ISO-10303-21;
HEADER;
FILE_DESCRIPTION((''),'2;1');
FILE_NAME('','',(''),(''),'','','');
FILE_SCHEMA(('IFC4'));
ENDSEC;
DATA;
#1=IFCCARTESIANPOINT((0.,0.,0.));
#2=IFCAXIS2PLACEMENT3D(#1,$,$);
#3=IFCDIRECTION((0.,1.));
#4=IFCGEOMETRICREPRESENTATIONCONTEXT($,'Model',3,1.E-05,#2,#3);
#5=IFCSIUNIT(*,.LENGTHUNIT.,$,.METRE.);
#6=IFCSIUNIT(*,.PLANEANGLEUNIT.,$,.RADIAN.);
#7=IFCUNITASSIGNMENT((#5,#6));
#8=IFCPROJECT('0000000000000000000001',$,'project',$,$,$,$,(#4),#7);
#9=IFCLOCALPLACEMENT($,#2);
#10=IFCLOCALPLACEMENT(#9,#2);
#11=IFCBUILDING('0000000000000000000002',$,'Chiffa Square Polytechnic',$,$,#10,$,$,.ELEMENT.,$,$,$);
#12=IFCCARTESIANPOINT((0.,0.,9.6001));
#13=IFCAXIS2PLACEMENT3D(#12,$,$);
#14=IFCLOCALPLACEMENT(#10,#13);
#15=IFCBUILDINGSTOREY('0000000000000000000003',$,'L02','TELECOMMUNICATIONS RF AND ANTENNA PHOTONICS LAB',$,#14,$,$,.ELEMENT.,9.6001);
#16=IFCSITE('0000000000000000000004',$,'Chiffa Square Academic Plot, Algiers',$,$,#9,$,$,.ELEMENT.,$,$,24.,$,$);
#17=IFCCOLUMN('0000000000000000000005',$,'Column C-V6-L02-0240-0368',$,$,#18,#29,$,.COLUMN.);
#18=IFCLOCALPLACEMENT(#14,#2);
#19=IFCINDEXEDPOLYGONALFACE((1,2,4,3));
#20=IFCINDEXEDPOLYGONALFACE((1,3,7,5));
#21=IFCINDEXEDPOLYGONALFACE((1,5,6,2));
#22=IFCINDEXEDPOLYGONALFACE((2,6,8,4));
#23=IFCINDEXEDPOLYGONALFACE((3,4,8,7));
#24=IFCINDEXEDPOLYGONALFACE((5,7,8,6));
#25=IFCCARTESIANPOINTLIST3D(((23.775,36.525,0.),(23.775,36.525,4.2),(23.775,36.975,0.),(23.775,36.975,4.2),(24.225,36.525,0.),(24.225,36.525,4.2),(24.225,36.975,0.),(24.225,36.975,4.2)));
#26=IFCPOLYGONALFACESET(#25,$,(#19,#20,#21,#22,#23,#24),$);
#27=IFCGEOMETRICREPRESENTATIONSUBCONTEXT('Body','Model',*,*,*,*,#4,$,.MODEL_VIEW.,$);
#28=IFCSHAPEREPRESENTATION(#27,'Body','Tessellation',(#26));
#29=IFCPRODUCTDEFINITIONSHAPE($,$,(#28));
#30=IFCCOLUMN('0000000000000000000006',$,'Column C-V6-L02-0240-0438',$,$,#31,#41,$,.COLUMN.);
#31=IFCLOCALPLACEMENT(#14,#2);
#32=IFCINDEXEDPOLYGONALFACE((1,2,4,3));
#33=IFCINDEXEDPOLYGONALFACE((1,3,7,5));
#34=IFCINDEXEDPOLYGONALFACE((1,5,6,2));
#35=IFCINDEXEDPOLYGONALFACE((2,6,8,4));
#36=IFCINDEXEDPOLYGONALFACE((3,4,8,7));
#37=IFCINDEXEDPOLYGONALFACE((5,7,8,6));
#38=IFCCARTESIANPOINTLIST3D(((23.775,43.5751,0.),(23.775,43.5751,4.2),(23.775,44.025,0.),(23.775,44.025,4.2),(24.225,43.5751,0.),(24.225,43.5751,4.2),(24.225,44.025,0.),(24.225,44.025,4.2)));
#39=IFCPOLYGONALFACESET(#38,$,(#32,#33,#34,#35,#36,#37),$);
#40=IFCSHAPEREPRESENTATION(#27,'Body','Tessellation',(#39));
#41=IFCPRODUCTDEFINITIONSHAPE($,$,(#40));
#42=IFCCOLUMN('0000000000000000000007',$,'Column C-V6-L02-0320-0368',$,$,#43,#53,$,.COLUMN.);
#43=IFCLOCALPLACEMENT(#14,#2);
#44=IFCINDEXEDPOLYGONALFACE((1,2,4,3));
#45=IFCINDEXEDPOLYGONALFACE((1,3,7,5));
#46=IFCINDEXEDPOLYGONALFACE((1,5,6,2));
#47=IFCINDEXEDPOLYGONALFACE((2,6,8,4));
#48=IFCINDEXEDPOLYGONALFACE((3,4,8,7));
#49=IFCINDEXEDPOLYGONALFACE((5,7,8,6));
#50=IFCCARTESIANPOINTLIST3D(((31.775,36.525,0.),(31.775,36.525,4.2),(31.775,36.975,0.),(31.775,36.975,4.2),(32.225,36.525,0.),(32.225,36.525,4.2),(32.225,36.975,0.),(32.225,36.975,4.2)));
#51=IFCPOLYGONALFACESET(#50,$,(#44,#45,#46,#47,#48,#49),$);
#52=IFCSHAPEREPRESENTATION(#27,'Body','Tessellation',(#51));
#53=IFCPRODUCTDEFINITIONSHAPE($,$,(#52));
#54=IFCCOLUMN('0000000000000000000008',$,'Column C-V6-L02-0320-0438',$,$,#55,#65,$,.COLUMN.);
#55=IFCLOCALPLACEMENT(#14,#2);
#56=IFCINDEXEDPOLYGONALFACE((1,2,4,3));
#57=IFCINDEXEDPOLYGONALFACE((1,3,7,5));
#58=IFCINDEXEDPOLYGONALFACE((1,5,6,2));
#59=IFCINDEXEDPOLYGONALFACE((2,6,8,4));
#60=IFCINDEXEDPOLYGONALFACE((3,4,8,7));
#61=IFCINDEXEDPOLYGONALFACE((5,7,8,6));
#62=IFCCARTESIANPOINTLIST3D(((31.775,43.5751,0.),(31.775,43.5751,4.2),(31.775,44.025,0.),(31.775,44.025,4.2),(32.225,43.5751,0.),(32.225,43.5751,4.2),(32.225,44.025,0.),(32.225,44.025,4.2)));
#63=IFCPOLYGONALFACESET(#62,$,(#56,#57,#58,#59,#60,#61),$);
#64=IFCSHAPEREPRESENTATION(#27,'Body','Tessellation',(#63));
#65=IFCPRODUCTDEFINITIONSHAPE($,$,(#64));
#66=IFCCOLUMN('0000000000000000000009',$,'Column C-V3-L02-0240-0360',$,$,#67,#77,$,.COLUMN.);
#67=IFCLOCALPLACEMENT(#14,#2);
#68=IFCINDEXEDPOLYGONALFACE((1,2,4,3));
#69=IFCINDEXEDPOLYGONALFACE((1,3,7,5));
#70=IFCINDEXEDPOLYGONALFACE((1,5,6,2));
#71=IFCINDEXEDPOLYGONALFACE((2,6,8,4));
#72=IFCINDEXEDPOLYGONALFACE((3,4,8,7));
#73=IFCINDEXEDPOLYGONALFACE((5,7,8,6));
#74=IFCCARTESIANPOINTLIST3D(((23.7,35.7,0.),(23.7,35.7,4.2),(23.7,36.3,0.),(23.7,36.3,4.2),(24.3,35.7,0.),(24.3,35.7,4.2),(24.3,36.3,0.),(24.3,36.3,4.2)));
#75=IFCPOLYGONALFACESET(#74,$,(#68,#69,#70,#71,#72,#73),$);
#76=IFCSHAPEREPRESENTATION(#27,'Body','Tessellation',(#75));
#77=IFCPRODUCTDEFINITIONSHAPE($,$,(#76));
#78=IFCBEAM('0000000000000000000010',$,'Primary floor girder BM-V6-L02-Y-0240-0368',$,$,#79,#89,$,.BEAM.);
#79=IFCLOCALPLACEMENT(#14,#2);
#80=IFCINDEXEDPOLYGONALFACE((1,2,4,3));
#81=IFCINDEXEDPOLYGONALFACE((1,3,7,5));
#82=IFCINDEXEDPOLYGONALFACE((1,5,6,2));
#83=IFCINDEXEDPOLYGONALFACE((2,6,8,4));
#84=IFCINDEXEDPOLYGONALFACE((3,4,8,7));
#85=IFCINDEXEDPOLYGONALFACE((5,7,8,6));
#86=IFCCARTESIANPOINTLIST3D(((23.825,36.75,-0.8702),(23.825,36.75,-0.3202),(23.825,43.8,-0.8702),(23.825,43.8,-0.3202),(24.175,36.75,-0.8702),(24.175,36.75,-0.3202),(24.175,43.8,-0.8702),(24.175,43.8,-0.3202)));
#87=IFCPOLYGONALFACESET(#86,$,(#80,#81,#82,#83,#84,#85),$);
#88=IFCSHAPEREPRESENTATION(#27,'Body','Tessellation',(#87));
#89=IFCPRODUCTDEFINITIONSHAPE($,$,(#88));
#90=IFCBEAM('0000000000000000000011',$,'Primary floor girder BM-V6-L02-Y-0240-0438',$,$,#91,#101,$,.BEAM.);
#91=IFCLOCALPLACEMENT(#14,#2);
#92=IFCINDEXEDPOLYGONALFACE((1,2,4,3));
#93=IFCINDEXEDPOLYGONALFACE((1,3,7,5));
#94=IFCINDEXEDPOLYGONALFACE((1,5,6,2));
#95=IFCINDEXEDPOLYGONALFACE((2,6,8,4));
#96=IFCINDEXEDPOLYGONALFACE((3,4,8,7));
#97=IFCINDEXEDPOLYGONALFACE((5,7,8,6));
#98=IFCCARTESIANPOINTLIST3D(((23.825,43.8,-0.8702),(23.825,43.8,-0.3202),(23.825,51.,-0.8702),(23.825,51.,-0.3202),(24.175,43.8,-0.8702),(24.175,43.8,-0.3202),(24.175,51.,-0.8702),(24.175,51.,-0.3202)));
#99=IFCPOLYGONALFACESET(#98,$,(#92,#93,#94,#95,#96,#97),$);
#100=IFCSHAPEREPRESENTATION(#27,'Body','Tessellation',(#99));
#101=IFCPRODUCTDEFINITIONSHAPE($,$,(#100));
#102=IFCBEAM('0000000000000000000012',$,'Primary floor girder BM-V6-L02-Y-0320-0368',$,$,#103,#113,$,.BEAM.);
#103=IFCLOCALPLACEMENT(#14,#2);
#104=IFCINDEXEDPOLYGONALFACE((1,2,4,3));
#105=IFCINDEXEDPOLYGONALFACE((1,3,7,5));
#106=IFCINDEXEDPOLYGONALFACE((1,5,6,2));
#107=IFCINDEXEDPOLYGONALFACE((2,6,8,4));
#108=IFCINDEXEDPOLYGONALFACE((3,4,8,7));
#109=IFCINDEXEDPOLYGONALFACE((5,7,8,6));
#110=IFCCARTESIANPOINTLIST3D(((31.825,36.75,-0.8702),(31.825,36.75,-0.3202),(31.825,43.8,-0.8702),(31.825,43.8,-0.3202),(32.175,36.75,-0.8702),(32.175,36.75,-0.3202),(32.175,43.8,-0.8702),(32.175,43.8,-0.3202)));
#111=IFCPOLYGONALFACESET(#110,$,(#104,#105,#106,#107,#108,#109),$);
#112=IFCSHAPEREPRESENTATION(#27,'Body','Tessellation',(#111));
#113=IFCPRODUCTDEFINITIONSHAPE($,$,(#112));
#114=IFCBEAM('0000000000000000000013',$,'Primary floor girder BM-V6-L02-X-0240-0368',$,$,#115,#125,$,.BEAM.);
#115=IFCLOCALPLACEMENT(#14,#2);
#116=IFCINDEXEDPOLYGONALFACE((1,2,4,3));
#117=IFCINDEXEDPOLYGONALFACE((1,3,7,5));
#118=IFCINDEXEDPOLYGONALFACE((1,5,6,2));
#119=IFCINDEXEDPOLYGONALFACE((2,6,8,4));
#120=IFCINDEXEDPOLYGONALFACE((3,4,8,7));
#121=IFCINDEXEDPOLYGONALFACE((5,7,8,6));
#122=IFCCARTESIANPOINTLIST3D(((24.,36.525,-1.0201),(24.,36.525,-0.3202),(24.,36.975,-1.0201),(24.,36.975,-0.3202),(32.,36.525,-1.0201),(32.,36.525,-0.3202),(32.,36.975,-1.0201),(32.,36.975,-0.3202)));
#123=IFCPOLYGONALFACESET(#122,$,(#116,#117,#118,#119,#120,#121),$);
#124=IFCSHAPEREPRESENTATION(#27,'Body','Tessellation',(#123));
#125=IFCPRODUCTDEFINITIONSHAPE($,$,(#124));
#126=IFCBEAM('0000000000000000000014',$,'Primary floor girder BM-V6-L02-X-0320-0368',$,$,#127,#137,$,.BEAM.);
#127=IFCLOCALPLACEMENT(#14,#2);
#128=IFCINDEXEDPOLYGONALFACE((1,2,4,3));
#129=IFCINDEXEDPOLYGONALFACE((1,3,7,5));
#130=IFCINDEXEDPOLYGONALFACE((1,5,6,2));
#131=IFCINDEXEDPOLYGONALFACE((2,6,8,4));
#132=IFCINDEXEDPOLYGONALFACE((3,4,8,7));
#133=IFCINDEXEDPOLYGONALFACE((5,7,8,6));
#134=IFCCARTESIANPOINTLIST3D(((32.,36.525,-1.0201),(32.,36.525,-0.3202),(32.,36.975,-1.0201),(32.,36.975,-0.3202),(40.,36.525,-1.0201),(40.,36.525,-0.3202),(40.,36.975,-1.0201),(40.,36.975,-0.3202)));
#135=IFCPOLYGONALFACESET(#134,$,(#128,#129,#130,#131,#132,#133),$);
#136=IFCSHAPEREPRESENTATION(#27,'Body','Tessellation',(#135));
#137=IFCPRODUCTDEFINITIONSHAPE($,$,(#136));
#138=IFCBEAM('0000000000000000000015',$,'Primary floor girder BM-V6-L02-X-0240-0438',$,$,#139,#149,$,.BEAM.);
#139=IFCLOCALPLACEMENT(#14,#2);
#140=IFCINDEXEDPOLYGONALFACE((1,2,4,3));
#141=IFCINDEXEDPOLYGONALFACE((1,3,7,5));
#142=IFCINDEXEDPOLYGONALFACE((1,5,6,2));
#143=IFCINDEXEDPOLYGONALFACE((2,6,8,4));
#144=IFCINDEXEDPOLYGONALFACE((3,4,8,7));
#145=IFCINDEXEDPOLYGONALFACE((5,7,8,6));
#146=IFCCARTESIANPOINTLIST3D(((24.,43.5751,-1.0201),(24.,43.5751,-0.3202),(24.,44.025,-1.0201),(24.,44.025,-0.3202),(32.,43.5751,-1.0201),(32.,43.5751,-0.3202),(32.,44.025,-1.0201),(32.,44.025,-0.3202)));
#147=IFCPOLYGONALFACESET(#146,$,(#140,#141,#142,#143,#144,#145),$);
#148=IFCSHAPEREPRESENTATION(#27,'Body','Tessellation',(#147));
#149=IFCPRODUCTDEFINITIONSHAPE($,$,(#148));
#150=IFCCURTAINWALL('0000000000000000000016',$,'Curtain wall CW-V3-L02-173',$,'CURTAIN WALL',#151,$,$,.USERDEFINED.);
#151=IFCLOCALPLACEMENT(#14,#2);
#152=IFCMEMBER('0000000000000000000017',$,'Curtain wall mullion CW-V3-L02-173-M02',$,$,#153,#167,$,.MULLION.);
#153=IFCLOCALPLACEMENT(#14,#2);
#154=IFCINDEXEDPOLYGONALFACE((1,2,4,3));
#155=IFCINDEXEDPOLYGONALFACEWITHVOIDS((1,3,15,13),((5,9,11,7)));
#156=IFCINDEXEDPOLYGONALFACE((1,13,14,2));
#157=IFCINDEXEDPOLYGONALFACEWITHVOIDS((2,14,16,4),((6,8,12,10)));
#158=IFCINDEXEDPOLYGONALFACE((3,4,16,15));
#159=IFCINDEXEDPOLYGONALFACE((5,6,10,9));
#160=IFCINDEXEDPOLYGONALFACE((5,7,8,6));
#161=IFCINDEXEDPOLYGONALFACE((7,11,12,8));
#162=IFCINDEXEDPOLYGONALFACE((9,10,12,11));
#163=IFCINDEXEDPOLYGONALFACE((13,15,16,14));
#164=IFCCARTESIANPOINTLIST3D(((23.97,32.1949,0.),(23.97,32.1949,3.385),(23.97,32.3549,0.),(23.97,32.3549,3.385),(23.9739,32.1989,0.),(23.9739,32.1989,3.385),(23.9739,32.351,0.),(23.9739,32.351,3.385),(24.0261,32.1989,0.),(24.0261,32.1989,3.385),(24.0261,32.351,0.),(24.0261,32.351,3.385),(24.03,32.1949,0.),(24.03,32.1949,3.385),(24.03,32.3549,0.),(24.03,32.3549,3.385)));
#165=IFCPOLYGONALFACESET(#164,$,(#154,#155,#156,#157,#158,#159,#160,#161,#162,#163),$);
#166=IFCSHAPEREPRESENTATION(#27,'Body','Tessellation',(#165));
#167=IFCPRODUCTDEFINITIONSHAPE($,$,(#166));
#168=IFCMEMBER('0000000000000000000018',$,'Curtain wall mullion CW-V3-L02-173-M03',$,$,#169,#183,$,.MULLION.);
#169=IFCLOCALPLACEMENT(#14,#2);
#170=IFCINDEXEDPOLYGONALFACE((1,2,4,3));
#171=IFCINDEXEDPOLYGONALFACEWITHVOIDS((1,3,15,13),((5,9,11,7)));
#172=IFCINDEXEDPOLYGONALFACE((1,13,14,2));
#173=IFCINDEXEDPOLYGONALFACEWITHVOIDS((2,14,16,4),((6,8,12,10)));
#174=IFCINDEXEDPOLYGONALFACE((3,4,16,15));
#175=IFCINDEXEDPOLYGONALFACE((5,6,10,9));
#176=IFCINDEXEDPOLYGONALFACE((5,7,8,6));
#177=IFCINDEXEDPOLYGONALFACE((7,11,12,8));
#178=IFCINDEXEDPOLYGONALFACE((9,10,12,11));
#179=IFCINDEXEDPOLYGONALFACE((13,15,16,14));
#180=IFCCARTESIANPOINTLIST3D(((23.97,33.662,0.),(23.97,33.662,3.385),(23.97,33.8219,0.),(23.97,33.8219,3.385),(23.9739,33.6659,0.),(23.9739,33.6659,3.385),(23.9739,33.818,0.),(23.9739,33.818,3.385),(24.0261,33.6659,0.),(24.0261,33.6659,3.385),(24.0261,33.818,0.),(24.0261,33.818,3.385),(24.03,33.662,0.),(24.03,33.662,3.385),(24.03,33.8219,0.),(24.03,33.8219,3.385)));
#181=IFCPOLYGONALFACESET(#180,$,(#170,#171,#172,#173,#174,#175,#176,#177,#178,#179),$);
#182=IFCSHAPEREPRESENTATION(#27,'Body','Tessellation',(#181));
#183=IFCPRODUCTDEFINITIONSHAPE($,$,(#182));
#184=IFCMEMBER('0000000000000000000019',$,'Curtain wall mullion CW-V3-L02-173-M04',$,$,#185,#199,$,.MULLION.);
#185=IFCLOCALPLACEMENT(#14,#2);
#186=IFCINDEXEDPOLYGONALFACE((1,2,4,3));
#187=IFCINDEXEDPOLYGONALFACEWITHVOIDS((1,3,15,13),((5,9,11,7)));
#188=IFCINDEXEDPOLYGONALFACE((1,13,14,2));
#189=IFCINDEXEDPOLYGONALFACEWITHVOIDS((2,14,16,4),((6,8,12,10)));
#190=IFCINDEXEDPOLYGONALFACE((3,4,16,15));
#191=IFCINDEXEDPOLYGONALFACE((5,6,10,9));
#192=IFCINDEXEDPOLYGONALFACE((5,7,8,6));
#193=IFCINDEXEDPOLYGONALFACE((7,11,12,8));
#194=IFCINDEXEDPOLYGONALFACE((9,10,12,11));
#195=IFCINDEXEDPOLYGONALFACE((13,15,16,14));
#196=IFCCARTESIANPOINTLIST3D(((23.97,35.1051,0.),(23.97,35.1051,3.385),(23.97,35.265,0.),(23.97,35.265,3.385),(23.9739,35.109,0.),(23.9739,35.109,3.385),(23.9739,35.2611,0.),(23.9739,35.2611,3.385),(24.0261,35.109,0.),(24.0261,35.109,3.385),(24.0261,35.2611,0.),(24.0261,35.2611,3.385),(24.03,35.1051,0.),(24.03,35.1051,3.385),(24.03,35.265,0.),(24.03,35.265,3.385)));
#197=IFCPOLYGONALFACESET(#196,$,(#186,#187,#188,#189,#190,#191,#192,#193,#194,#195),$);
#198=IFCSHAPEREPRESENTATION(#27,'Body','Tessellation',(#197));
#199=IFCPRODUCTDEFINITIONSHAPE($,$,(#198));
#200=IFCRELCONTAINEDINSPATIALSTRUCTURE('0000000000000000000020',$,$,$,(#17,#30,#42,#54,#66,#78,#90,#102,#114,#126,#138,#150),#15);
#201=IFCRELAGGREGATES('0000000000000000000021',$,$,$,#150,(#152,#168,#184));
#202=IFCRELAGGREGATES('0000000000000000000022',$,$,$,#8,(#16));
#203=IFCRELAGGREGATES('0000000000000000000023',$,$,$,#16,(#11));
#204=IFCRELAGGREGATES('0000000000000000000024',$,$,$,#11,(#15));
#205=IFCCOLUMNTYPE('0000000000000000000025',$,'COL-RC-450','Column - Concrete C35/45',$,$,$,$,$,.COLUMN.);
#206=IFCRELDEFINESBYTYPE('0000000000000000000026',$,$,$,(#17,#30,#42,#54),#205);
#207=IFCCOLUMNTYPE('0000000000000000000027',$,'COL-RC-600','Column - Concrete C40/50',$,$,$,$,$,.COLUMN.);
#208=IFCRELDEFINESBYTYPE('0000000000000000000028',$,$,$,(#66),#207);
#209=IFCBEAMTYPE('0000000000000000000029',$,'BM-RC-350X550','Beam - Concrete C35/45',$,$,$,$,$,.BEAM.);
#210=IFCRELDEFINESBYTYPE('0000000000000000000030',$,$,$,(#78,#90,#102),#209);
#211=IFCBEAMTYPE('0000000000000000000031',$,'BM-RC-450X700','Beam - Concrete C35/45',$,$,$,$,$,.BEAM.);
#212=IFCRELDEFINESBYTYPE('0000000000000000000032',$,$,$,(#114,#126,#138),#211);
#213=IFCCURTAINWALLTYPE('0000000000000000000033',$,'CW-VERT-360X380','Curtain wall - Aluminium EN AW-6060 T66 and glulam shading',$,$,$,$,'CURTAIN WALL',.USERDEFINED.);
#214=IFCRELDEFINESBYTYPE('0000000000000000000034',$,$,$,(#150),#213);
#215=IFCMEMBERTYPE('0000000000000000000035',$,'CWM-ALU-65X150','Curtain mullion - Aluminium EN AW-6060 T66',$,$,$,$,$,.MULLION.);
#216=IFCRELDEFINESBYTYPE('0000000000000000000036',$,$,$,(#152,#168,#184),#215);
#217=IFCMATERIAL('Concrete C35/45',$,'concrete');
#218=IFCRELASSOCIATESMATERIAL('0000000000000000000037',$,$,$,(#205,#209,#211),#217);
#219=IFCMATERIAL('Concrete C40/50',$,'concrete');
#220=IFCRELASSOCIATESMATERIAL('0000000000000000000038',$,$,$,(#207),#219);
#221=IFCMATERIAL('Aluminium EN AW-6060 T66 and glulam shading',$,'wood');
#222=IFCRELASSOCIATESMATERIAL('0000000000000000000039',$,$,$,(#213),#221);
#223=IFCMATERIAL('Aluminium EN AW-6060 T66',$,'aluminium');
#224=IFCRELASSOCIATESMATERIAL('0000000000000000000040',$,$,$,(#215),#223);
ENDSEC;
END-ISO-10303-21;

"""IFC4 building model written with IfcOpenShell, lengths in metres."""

from ifc_helpers import new_model, si_unit, direction, frame, origin, origin_2d, place, context, subcontext, project, spatial, rectangle, hollow_rectangle, extrude, material, material_profile, profile_set, type_object, element, aggregate, save


model = new_model("IFC4")

# Units and contexts
model_context = context("Model", 3, precision=1e-05, world=origin(), true_north=direction((0.0, 1.0)))
body_context = subcontext(model_context, "Body", "Model", "MODEL_VIEW")
ifc_project = project(units=[si_unit("LENGTHUNIT", "METRE"), si_unit("PLANEANGLEUNIT", "RADIAN")], contexts=[model_context])

# Site, building, storey
site_placement = place(None, origin())
site = spatial("IfcSite", under=ifc_project, at=site_placement, Name="Chiffa Square Academic Plot, Algiers", CompositionType="ELEMENT", RefElevation=24.0)
building_placement = place(site_placement, origin())
building = spatial("IfcBuilding", under=site, at=building_placement, Name="Chiffa Square Polytechnic", CompositionType="ELEMENT")
storey_placement = place(building_placement, frame((0.0, 0.0, 9.6001)))
storey = spatial("IfcBuildingStorey", under=building, at=storey_placement, Name="L02", Description="TELECOMMUNICATIONS RF AND ANTENNA PHOTONICS LAB", CompositionType="ELEMENT", Elevation=9.6001)

# Columns
ifc_material_1 = material(Name="Concrete C35/45", Category="concrete")
ifc_material_profile_1 = material_profile(ifc_material_1, rectangle(XDim=0.45, YDim=0.45, at=origin_2d()), Name="RC 450x450")
ifc_profile_set_1 = profile_set([ifc_material_profile_1], Name="Concrete C35/45")
column_type_1 = type_object("IfcColumnType", Name="COL-RC-450", Description="Column - Concrete C35/45", PredefinedType="COLUMN", material=ifc_profile_set_1)
for number, where, z_axis, x_axis, name in (
    (1, (24.0, 36.75, 0.0), (0.0, 0.0, 1.0), (1.0, 0.0, 0.0), "Column C-V6-L02-0240-0368"),
    (2, (24.0, 43.8, 0.0), (0.0, 0.0, 1.0), (1.0, 0.0, 0.0), "Column C-V6-L02-0240-0438"),
    (3, (32.0, 36.75, 0.0), (0.0, 0.0, 1.0), (1.0, 0.0, 0.0), "Column C-V6-L02-0320-0368"),
    (4, (32.0, 43.8, 0.0), (0.0, 0.0, 1.0), (1.0, 0.0, 0.0), "Column C-V6-L02-0320-0438"),
):
    element("IfcColumn", number, at=place(storey_placement, frame(where, z_axis=z_axis, x_axis=x_axis)), inside=storey, type_object=column_type_1, Name=name, PredefinedType="COLUMN", context=body_context, shape_type="SweptSolid", body=[
        extrude(rectangle(XDim=0.45, YDim=0.45, at=origin_2d()), origin(), (0.0, 0.0, 1.0), 4.2),
    ])
ifc_material_2 = material(Name="Concrete C40/50", Category="concrete")
ifc_material_profile_2 = material_profile(ifc_material_2, rectangle(XDim=0.6001, YDim=0.6001, at=origin_2d()), Name="RC 600x600")
ifc_profile_set_2 = profile_set([ifc_material_profile_2], Name="Concrete C40/50")
column_type_2 = type_object("IfcColumnType", Name="COL-RC-600", Description="Column - Concrete C40/50", PredefinedType="COLUMN", material=ifc_profile_set_2)
column_placement = place(storey_placement, frame((24.0, 36.0, 0.0), z_axis=(0.0, 0.0, 1.0), x_axis=(1.0, 0.0, 0.0)))
element("IfcColumn", 5, at=column_placement, inside=storey, type_object=column_type_2, Name="Column C-V3-L02-0240-0360", PredefinedType="COLUMN", context=body_context, shape_type="SweptSolid", body=[
    extrude(rectangle(XDim=0.6001, YDim=0.6001, at=origin_2d()), origin(), (0.0, 0.0, 1.0), 4.2),
])

# Beams
ifc_material_profile_3 = material_profile(ifc_material_1, rectangle(XDim=0.3501, YDim=0.55, at=origin_2d()), Name="RC 350x550")
ifc_profile_set_3 = profile_set([ifc_material_profile_3], Name="Concrete C35/45")
beam_type_1 = type_object("IfcBeamType", Name="BM-RC-350X550", Description="Beam - Concrete C35/45", PredefinedType="BEAM", material=ifc_profile_set_3)
beam_1_placement = place(storey_placement, frame((24.0, 36.75, -0.5952), z_axis=(0.0, 1.0, 0.0), x_axis=(-1.0, 0.0, 0.0)))
element("IfcBeam", 6, at=beam_1_placement, inside=storey, type_object=beam_type_1, Name="Primary floor girder BM-V6-L02-Y-0240-0368", PredefinedType="BEAM", context=body_context, shape_type="SweptSolid", body=[
    extrude(rectangle(XDim=0.3501, YDim=0.55, at=origin_2d()), origin(), (0.0, 0.0, 1.0), 7.05),
])
beam_2_placement = place(storey_placement, frame((24.0, 43.8, -0.5952), z_axis=(0.0, 1.0, 0.0), x_axis=(-1.0, 0.0, 0.0)))
element("IfcBeam", 7, at=beam_2_placement, inside=storey, type_object=beam_type_1, Name="Primary floor girder BM-V6-L02-Y-0240-0438", PredefinedType="BEAM", context=body_context, shape_type="SweptSolid", body=[
    extrude(rectangle(XDim=0.3501, YDim=0.55, at=origin_2d()), origin(), (0.0, 0.0, 1.0), 7.2),
])
beam_3_placement = place(storey_placement, frame((32.0, 36.75, -0.5952), z_axis=(0.0, 1.0, 0.0), x_axis=(-1.0, 0.0, 0.0)))
element("IfcBeam", 8, at=beam_3_placement, inside=storey, type_object=beam_type_1, Name="Primary floor girder BM-V6-L02-Y-0320-0368", PredefinedType="BEAM", context=body_context, shape_type="SweptSolid", body=[
    extrude(rectangle(XDim=0.3501, YDim=0.55, at=origin_2d()), origin(), (0.0, 0.0, 1.0), 7.05),
])
ifc_material_profile_4 = material_profile(ifc_material_1, rectangle(XDim=0.45, YDim=0.7, at=origin_2d()), Name="RC 450x700")
ifc_profile_set_4 = profile_set([ifc_material_profile_4], Name="Concrete C35/45")
beam_type_2 = type_object("IfcBeamType", Name="BM-RC-450X700", Description="Beam - Concrete C35/45", PredefinedType="BEAM", material=ifc_profile_set_4)
for number, where, z_axis, x_axis, name in (
    (9, (24.0, 36.75, -0.6702), (1.0, 0.0, 0.0), (0.0, 1.0, 0.0), "Primary floor girder BM-V6-L02-X-0240-0368"),
    (10, (32.0, 36.75, -0.6702), (1.0, 0.0, 0.0), (0.0, 1.0, 0.0), "Primary floor girder BM-V6-L02-X-0320-0368"),
    (11, (24.0, 43.8, -0.6702), (1.0, 0.0, 0.0), (0.0, 1.0, 0.0), "Primary floor girder BM-V6-L02-X-0240-0438"),
):
    element("IfcBeam", number, at=place(storey_placement, frame(where, z_axis=z_axis, x_axis=x_axis)), inside=storey, type_object=beam_type_2, Name=name, PredefinedType="BEAM", context=body_context, shape_type="SweptSolid", body=[
        extrude(rectangle(XDim=0.45, YDim=0.7, at=origin_2d()), origin(), (0.0, 0.0, 1.0), 8.0),
    ])

# Curtain wall, members
ifc_material_3 = material(Name="Aluminium EN AW-6060 T66 and glulam shading", Category="wood")
curtain_wall_type = type_object("IfcCurtainWallType", Name="CW-VERT-360X380", Description="Curtain wall - Aluminium EN AW-6060 T66 and glulam shading", ElementType="CURTAIN WALL", PredefinedType="USERDEFINED", material=ifc_material_3)
curtain_wall_placement = place(storey_placement, origin())
curtain_wall = element("IfcCurtainWall", 12, at=curtain_wall_placement, inside=storey, type_object=curtain_wall_type, Name="Curtain wall CW-V3-L02-173", ObjectType="CURTAIN WALL", PredefinedType="USERDEFINED")
ifc_material_4 = material(Name="Aluminium EN AW-6060 T66", Category="aluminium")
ifc_material_profile_5 = material_profile(ifc_material_4, hollow_rectangle(XDim=0.0601, YDim=0.1599, WallThickness=0.0039, at=origin_2d()), Name="ALU 60x160x4")
ifc_profile_set_5 = profile_set([ifc_material_profile_5], Name="Aluminium EN AW-6060 T66")
member_type_1 = type_object("IfcMemberType", Name="CWM-ALU-65X150", Description="Curtain mullion - Aluminium EN AW-6060 T66", PredefinedType="MULLION", material=ifc_profile_set_5)
member_1_placement = place(storey_placement, frame((24.0, 32.2749, 0.0), z_axis=(0.0, 0.0, 1.0), x_axis=(1.0, 0.0, 0.0)))
member_1 = element("IfcMember", 13, at=member_1_placement, type_object=member_type_1, Name="Curtain wall mullion CW-V3-L02-173-M02", PredefinedType="MULLION", context=body_context, shape_type="SweptSolid", body=[
    extrude(hollow_rectangle(XDim=0.0601, YDim=0.1599, WallThickness=0.0039, at=origin_2d()), origin(), (0.0, 0.0, 1.0), 3.385),
])
member_2_placement = place(storey_placement, frame((24.0, 33.7419, 0.0), z_axis=(0.0, 0.0, 1.0), x_axis=(1.0, 0.0, 0.0)))
member_2 = element("IfcMember", 14, at=member_2_placement, type_object=member_type_1, Name="Curtain wall mullion CW-V3-L02-173-M03", PredefinedType="MULLION", context=body_context, shape_type="SweptSolid", body=[
    extrude(hollow_rectangle(XDim=0.0601, YDim=0.1599, WallThickness=0.0039, at=origin_2d()), origin(), (0.0, 0.0, 1.0), 3.385),
])
member_3_placement = place(storey_placement, frame((24.0, 35.1851, 0.0), z_axis=(0.0, 0.0, 1.0), x_axis=(1.0, 0.0, 0.0)))
member_3 = element("IfcMember", 15, at=member_3_placement, type_object=member_type_1, Name="Curtain wall mullion CW-V3-L02-173-M04", PredefinedType="MULLION", context=body_context, shape_type="SweptSolid", body=[
    extrude(hollow_rectangle(XDim=0.0601, YDim=0.1599, WallThickness=0.0039, at=origin_2d()), origin(), (0.0, 0.0, 1.0), 3.385),
])

aggregate(curtain_wall, [member_1, member_2, member_3])

save(model, "model.ifc")
